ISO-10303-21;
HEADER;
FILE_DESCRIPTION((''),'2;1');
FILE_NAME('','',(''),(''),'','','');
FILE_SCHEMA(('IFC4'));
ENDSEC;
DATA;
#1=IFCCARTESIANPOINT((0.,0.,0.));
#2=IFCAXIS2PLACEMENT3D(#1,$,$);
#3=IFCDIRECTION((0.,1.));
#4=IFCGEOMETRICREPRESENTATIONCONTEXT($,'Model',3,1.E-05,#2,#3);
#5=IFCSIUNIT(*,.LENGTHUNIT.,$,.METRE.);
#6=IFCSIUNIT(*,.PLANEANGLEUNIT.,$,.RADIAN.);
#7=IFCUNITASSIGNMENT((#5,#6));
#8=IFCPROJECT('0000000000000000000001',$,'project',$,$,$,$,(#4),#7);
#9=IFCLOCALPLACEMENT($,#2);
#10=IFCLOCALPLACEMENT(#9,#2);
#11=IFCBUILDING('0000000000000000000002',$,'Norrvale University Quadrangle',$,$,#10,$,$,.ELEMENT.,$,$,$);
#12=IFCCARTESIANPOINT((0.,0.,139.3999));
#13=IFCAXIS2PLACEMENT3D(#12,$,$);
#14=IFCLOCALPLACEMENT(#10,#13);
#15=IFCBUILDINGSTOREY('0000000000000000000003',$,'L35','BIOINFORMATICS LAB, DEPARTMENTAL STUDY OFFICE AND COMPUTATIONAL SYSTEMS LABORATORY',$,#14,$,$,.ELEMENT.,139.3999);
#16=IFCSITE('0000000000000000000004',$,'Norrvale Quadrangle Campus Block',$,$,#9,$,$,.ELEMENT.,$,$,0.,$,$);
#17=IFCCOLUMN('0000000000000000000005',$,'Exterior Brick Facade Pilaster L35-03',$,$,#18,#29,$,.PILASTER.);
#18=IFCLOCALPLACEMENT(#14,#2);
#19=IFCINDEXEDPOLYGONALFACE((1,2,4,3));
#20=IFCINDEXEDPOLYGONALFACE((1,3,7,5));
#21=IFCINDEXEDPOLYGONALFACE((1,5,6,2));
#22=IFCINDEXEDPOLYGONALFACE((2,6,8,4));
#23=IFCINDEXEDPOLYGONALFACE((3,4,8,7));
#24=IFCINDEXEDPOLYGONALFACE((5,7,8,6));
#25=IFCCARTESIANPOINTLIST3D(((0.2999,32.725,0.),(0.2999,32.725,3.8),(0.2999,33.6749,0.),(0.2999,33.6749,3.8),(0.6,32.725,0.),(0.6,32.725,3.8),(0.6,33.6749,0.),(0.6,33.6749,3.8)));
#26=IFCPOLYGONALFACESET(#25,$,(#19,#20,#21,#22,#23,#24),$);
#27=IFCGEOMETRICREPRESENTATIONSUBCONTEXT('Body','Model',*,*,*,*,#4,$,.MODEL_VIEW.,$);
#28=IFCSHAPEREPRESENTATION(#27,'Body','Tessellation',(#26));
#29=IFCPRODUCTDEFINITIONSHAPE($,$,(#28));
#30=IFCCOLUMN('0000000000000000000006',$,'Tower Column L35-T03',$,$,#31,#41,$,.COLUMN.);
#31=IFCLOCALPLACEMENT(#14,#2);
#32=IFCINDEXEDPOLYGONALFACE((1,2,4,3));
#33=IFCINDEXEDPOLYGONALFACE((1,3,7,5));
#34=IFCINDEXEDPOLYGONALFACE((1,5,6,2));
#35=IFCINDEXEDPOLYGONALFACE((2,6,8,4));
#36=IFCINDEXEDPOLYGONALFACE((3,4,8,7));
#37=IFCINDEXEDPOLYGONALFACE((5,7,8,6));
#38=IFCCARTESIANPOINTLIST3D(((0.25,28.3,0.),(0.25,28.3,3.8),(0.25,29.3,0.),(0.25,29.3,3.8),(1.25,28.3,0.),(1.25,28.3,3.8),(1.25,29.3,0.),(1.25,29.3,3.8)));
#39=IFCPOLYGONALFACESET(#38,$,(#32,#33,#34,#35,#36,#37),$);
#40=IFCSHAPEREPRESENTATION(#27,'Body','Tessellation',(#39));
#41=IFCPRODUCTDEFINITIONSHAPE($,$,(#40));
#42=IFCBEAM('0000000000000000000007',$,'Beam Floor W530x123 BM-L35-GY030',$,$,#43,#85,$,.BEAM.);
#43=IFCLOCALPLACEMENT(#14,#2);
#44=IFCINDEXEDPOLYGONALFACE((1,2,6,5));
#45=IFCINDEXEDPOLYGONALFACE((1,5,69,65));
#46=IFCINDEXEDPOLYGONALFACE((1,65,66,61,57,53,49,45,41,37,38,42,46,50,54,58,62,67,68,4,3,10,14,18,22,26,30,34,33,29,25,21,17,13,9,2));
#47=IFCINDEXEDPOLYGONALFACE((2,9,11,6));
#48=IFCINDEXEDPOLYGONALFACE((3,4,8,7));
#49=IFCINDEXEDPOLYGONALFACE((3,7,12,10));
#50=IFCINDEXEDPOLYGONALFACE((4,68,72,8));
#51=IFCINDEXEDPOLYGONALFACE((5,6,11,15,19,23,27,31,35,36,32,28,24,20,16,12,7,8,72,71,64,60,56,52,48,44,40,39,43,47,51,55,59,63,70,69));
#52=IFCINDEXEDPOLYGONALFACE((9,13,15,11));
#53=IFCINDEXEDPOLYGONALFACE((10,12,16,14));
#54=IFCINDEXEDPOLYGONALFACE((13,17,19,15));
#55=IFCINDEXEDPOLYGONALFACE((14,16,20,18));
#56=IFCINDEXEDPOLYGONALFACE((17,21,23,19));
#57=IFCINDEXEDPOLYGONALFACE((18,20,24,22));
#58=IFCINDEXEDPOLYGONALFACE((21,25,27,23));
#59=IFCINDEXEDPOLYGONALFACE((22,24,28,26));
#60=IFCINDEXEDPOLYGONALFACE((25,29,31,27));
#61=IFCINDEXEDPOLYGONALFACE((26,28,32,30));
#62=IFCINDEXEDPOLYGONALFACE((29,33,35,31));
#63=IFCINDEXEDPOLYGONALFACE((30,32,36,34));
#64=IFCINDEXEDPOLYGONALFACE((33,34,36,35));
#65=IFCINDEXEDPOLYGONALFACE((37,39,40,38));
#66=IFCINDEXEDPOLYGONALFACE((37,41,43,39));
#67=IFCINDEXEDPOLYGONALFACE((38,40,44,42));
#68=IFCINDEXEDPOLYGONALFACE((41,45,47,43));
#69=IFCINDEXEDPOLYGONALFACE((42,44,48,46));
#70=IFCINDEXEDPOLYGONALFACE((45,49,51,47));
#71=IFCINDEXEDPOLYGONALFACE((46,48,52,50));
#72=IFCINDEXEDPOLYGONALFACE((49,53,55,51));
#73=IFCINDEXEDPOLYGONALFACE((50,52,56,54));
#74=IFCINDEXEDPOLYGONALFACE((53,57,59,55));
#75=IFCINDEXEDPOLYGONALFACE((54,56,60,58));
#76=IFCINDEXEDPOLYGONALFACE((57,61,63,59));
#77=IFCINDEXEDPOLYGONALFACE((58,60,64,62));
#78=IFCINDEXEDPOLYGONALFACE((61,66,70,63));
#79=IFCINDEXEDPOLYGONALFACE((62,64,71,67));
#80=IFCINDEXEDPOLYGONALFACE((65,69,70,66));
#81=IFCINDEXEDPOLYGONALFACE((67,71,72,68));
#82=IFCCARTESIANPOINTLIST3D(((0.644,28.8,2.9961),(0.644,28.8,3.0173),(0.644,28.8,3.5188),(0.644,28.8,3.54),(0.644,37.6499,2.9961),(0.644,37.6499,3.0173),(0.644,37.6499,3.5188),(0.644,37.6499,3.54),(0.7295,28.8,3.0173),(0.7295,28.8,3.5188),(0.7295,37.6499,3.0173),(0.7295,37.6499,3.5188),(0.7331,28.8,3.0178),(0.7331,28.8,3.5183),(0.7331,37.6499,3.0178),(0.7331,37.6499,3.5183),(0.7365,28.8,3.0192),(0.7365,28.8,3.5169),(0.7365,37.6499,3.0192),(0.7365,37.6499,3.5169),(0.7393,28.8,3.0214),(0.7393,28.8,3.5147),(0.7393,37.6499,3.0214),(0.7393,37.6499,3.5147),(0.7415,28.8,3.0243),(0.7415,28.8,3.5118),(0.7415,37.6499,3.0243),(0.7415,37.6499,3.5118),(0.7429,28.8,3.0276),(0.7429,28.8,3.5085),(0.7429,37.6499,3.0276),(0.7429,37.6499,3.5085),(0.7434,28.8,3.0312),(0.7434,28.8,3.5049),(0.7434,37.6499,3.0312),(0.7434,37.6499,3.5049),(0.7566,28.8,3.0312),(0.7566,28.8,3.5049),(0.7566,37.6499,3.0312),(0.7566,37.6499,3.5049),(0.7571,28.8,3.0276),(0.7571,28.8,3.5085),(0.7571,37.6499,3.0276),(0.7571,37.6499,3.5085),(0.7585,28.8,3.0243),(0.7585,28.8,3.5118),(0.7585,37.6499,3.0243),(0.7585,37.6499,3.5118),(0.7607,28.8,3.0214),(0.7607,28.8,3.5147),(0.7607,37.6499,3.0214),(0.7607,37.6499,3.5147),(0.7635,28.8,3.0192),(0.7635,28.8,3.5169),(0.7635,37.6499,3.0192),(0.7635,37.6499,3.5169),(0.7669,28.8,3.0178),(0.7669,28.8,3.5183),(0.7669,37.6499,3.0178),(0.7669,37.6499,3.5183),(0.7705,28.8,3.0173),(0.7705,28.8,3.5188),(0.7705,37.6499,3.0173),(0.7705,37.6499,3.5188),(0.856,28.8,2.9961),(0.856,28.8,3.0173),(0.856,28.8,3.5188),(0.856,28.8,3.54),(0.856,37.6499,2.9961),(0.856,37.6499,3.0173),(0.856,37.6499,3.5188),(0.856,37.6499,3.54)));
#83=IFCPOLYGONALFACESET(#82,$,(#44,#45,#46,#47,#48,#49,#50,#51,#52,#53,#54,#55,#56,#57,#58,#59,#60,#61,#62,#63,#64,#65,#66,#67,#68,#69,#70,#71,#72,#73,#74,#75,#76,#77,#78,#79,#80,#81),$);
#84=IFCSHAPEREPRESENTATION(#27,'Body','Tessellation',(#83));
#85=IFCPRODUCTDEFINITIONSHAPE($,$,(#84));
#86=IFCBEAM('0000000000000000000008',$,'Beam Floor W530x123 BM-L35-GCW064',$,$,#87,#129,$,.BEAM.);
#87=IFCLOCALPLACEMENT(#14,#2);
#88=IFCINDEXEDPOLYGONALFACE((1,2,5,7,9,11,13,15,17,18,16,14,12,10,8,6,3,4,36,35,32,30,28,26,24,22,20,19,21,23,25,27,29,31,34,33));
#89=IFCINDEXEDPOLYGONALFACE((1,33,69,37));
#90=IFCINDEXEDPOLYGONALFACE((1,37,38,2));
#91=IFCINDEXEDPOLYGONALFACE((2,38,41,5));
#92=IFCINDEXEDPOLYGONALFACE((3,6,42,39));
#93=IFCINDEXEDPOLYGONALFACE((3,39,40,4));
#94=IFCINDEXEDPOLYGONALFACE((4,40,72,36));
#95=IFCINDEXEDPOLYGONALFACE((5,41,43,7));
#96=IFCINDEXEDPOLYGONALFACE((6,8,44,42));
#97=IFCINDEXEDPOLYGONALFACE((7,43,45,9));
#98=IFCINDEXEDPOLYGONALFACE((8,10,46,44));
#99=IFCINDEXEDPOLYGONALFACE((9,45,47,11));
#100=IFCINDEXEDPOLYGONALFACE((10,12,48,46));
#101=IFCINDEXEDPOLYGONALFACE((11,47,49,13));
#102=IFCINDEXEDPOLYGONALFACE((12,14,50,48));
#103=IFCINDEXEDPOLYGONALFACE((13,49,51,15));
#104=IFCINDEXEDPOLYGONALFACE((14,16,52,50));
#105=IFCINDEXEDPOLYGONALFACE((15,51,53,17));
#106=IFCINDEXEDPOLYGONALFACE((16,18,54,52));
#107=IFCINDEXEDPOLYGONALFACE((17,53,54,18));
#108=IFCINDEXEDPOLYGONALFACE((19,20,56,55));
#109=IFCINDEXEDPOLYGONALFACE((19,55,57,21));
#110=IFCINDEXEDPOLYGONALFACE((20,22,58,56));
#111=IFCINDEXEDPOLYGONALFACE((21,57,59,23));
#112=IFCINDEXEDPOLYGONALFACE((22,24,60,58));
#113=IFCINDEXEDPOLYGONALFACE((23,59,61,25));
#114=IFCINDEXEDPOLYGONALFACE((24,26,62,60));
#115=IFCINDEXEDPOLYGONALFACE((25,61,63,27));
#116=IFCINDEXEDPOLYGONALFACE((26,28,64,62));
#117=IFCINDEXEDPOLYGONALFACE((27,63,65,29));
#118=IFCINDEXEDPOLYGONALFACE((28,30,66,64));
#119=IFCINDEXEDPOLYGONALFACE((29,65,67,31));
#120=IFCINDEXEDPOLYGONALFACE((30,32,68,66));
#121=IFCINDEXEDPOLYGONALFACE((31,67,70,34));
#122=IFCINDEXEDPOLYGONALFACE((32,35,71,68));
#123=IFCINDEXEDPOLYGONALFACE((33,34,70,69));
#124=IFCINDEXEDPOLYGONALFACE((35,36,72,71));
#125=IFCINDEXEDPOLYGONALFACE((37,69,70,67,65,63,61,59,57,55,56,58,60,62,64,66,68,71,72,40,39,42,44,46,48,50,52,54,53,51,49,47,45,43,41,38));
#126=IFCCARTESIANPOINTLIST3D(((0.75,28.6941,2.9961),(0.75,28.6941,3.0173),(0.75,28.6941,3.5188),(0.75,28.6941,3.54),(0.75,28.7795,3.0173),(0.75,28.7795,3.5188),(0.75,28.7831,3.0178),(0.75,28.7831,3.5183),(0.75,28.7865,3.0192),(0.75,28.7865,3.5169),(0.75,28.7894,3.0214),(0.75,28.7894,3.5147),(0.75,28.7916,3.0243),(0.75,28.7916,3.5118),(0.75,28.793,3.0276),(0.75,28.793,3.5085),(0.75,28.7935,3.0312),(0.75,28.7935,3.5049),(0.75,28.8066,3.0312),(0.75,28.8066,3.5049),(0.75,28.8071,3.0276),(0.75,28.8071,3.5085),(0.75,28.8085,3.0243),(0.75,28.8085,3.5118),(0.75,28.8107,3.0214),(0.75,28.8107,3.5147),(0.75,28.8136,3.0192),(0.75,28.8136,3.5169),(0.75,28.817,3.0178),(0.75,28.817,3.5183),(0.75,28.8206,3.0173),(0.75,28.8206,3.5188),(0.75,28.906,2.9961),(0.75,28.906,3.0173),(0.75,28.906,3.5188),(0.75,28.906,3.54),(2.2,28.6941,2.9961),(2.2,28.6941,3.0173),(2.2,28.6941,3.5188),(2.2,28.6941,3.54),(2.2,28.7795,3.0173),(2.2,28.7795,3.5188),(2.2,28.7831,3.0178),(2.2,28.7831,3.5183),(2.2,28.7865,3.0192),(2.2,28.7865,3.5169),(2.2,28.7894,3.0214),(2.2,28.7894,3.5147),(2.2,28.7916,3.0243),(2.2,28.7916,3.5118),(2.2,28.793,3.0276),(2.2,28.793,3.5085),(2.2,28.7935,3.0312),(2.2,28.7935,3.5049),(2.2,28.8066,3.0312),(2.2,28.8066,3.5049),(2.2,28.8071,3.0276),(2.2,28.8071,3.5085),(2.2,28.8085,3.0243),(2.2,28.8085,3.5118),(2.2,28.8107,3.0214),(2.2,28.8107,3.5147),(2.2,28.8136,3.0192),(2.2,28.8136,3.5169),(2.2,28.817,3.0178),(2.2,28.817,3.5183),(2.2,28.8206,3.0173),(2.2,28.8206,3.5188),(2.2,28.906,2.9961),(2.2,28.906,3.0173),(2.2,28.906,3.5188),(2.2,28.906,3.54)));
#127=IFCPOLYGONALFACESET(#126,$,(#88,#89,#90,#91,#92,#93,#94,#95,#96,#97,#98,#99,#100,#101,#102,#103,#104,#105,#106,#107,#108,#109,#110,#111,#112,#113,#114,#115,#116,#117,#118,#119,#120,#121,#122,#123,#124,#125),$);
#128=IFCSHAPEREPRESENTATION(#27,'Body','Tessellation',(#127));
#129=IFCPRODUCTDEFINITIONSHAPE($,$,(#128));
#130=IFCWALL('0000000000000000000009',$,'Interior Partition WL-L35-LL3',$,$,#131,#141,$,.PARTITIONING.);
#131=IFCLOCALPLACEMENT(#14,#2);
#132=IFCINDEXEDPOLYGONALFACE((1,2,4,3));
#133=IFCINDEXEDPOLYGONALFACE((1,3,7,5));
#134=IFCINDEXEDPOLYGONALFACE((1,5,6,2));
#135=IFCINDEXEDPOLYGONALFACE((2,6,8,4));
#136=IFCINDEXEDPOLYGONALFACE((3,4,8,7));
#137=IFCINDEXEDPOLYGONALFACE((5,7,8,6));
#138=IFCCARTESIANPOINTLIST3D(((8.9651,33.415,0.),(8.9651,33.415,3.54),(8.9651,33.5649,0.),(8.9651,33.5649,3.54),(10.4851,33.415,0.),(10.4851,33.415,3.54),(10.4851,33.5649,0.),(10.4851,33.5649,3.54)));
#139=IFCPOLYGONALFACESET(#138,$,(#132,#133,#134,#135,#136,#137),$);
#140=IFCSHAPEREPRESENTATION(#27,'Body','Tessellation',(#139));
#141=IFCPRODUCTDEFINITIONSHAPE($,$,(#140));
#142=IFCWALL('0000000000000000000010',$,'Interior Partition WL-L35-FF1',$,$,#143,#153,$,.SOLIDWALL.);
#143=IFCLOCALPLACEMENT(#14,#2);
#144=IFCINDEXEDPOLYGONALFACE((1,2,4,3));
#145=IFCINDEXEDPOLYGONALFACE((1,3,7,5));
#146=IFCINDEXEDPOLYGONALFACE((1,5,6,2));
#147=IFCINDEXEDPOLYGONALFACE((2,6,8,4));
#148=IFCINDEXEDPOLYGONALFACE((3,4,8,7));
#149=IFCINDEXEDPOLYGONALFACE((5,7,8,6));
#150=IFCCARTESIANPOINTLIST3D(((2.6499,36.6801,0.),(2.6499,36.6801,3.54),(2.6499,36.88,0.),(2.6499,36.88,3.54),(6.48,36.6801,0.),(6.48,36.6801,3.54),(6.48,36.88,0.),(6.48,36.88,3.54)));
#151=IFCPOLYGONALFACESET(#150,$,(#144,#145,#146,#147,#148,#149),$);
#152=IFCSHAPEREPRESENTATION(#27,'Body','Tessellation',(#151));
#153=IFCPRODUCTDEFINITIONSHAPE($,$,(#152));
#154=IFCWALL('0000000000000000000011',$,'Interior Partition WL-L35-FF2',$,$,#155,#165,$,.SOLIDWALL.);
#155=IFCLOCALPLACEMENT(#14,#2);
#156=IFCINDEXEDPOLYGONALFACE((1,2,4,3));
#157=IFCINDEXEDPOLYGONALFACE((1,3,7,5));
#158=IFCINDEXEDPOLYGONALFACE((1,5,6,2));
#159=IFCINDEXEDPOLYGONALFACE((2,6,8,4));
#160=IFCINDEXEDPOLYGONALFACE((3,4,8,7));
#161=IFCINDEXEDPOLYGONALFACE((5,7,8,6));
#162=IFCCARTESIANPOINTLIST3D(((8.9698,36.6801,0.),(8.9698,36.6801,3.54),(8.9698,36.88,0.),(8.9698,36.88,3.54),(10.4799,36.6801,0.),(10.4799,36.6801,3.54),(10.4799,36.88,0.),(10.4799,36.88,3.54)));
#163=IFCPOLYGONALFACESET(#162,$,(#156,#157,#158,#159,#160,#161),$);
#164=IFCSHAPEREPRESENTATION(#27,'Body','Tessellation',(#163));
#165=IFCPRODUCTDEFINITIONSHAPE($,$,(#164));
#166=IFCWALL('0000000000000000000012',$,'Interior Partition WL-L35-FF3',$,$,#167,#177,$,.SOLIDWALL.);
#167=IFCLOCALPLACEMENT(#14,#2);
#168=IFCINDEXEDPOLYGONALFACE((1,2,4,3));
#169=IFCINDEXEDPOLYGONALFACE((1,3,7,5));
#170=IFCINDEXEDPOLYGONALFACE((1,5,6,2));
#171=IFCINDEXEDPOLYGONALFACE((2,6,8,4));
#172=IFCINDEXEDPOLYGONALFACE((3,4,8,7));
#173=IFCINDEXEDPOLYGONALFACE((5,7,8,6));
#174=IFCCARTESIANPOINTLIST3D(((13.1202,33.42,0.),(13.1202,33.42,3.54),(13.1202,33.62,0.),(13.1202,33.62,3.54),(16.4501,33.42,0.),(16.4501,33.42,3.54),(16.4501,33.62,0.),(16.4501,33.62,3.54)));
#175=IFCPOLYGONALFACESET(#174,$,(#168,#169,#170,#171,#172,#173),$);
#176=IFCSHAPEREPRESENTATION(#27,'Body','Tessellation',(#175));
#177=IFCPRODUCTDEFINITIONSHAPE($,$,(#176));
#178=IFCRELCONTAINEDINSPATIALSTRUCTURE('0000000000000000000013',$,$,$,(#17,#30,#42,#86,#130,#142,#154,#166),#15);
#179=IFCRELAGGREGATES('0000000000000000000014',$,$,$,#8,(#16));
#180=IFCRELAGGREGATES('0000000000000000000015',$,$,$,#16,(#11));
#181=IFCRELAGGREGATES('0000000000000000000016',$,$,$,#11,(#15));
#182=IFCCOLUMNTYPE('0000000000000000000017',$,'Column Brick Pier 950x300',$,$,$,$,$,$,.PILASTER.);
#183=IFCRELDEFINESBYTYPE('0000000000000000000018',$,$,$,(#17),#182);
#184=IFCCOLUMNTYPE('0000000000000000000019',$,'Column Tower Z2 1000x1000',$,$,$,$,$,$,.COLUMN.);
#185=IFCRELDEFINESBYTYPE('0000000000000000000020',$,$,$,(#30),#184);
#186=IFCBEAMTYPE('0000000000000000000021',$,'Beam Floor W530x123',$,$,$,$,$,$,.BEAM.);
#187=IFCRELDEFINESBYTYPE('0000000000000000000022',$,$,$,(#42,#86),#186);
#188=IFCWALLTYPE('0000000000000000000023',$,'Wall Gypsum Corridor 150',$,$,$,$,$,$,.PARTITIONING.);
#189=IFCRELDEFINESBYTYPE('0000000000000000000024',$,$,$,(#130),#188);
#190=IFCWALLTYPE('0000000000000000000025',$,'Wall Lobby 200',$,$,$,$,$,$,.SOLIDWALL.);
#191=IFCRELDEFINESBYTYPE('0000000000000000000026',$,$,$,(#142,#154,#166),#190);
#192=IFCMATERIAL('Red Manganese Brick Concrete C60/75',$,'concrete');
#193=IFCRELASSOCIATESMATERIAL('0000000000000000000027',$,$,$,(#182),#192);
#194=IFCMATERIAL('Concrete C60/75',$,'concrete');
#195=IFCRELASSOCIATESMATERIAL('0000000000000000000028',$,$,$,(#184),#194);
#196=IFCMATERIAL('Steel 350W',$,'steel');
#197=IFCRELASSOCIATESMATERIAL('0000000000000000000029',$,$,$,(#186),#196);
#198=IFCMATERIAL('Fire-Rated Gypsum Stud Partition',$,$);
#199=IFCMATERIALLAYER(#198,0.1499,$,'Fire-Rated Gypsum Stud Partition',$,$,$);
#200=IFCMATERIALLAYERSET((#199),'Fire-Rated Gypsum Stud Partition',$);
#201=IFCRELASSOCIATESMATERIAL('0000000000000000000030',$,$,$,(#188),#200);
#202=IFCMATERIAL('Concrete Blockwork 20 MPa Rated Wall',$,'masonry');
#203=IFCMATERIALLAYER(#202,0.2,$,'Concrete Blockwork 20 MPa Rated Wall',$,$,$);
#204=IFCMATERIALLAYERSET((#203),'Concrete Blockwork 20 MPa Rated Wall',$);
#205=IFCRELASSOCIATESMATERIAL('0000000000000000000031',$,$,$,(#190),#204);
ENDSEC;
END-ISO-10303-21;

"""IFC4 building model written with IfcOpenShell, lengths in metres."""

from ifc_helpers import new_model, si_unit, direction, frame, frame_2d, origin, origin_2d, place, context, subcontext, project, spatial, rectangle, i_section, extrude, material, layer, layer_set, material_profile, profile_set, type_object, element, save


model = new_model("IFC4")

# Units and contexts
model_context = context("Model", 3, precision=1e-05, world=origin(), true_north=direction((0.0, 1.0)))
body_context = subcontext(model_context, "Body", "Model", "MODEL_VIEW")
ifc_project = project(units=[si_unit("LENGTHUNIT", "METRE"), si_unit("PLANEANGLEUNIT", "RADIAN")], contexts=[model_context])

# Site, building, storey
site_placement = place(None, origin())
site = spatial("IfcSite", under=ifc_project, at=site_placement, Name="Norrvale Quadrangle Campus Block", CompositionType="ELEMENT", RefElevation=0.0)
building_placement = place(site_placement, origin())
building = spatial("IfcBuilding", under=site, at=building_placement, Name="Norrvale University Quadrangle", CompositionType="ELEMENT")
storey_placement = place(building_placement, frame((0.0, 0.0, 139.3999)))
storey = spatial("IfcBuildingStorey", under=building, at=storey_placement, Name="L35", Description="BIOINFORMATICS LAB, DEPARTMENTAL STUDY OFFICE AND COMPUTATIONAL SYSTEMS LABORATORY", CompositionType="ELEMENT", Elevation=139.3999)

# Columns
ifc_material_1 = material(Name="Red Manganese Brick Concrete C60/75", Category="concrete")
ifc_material_profile_1 = material_profile(ifc_material_1, rectangle(XDim=0.95, YDim=0.3, at=origin_2d()), Name="Red Manganese Brick Concrete C60/75")
ifc_profile_set_1 = profile_set([ifc_material_profile_1], Name="Red Manganese Brick Concrete C60/75")
column_type_1 = type_object("IfcColumnType", Name="Column Brick Pier 950x300", PredefinedType="PILASTER", material=ifc_profile_set_1)
column_1_placement = place(storey_placement, frame((0.45, 33.2, 0.0), z_axis=(0.0, 0.0, 1.0), x_axis=(0.0, 1.0, 0.0)))
element("IfcColumn", 1, at=column_1_placement, inside=storey, type_object=column_type_1, Name="Exterior Brick Facade Pilaster L35-03", PredefinedType="PILASTER", context=body_context, shape_type="SweptSolid", body=[
    extrude(rectangle(XDim=0.95, YDim=0.3, at=origin_2d()), origin(), (0.0, 0.0, 1.0), 3.8),
])
ifc_material_2 = material(Name="Concrete C60/75", Category="concrete")
ifc_material_profile_2 = material_profile(ifc_material_2, rectangle(XDim=1.0, YDim=1.0, at=origin_2d()), Name="Concrete C60/75")
ifc_profile_set_2 = profile_set([ifc_material_profile_2], Name="Concrete C60/75")
column_type_2 = type_object("IfcColumnType", Name="Column Tower Z2 1000x1000", PredefinedType="COLUMN", material=ifc_profile_set_2)
column_2_placement = place(storey_placement, frame((0.75, 28.8, 0.0), z_axis=(0.0, 0.0, 1.0), x_axis=(1.0, 0.0, 0.0)))
element("IfcColumn", 2, at=column_2_placement, inside=storey, type_object=column_type_2, Name="Tower Column L35-T03", PredefinedType="COLUMN", context=body_context, shape_type="SweptSolid", body=[
    extrude(rectangle(XDim=1.0, YDim=1.0, at=origin_2d()), origin(), (0.0, 0.0, 1.0), 3.8),
])

# Beams
ifc_material_3 = material(Name="Steel 350W", Category="steel")
ifc_material_profile_3 = material_profile(ifc_material_3, i_section(OverallWidth=0.2119, OverallDepth=0.5439, WebThickness=0.0132, FlangeThickness=0.0212, FilletRadius=0.0139, at=origin_2d()), Name="Steel 350W")
ifc_profile_set_3 = profile_set([ifc_material_profile_3], Name="Steel 350W")
beam_type = type_object("IfcBeamType", Name="Beam Floor W530x123", PredefinedType="BEAM", material=ifc_profile_set_3)
beam_1_placement = place(storey_placement, frame((0.75, 28.8, 3.2681), z_axis=(0.0, 1.0, 0.0), x_axis=(-1.0, 0.0, 0.0)))
element("IfcBeam", 3, at=beam_1_placement, inside=storey, type_object=beam_type, Name="Beam Floor W530x123 BM-L35-GY030", PredefinedType="BEAM", context=body_context, shape_type="SweptSolid", body=[
    extrude(i_section(OverallWidth=0.2119, OverallDepth=0.5439, WebThickness=0.0132, FlangeThickness=0.0212, FilletRadius=0.0139, at=origin_2d()), origin(), (0.0, 0.0, 1.0), 8.8499),
])
beam_2_placement = place(storey_placement, frame((0.75, 28.8, 3.2681), z_axis=(1.0, 0.0, 0.0), x_axis=(0.0, 1.0, 0.0)))
element("IfcBeam", 4, at=beam_2_placement, inside=storey, type_object=beam_type, Name="Beam Floor W530x123 BM-L35-GCW064", PredefinedType="BEAM", context=body_context, shape_type="SweptSolid", body=[
    extrude(i_section(OverallWidth=0.2119, OverallDepth=0.5439, WebThickness=0.0132, FlangeThickness=0.0212, FilletRadius=0.0139, at=origin_2d()), origin(), (0.0, 0.0, 1.0), 1.45),
])

# Walls
ifc_material_4 = material(Name="Fire-Rated Gypsum Stud Partition")
ifc_layer_1 = layer(ifc_material_4, 0.1499, Name="Fire-Rated Gypsum Stud Partition")
ifc_layer_set_1 = layer_set([ifc_layer_1], Name="Fire-Rated Gypsum Stud Partition")
wall_type_1 = type_object("IfcWallType", Name="Wall Gypsum Corridor 150", PredefinedType="PARTITIONING", material=ifc_layer_set_1)
wall_1_placement = place(storey_placement, frame((8.9651, 33.49, 0.0), z_axis=(0.0, 0.0, 1.0), x_axis=(1.0, 0.0, 0.0)))
element("IfcWall", 5, at=wall_1_placement, inside=storey, type_object=wall_type_1, Name="Interior Partition WL-L35-LL3", PredefinedType="PARTITIONING", context=body_context, shape_type="SweptSolid", body=[
    extrude(rectangle(XDim=1.52, YDim=0.1499, at=frame_2d((0.76, 0.0))), origin(), (0.0, 0.0, 1.0), 3.54),
])
ifc_material_5 = material(Name="Concrete Blockwork 20 MPa Rated Wall", Category="masonry")
ifc_layer_2 = layer(ifc_material_5, 0.2, Name="Concrete Blockwork 20 MPa Rated Wall")
ifc_layer_set_2 = layer_set([ifc_layer_2], Name="Concrete Blockwork 20 MPa Rated Wall")
wall_type_2 = type_object("IfcWallType", Name="Wall Lobby 200", PredefinedType="SOLIDWALL", material=ifc_layer_set_2)
wall_2_placement = place(storey_placement, frame((2.6499, 36.78, 0.0), z_axis=(0.0, 0.0, 1.0), x_axis=(1.0, 0.0, 0.0)))
element("IfcWall", 6, at=wall_2_placement, inside=storey, type_object=wall_type_2, Name="Interior Partition WL-L35-FF1", PredefinedType="SOLIDWALL", context=body_context, shape_type="SweptSolid", body=[
    extrude(rectangle(XDim=3.8301, YDim=0.2, at=frame_2d((1.915, 0.0))), origin(), (0.0, 0.0, 1.0), 3.54),
])
wall_3_placement = place(storey_placement, frame((8.97, 36.78, 0.0), z_axis=(0.0, 0.0, 1.0), x_axis=(1.0, 0.0, 0.0)))
element("IfcWall", 7, at=wall_3_placement, inside=storey, type_object=wall_type_2, Name="Interior Partition WL-L35-FF2", PredefinedType="SOLIDWALL", context=body_context, shape_type="SweptSolid", body=[
    extrude(rectangle(XDim=1.51, YDim=0.2, at=frame_2d((0.7549, 0.0))), origin(), (0.0, 0.0, 1.0), 3.54),
])
wall_4_placement = place(storey_placement, frame((13.1201, 33.52, 0.0), z_axis=(0.0, 0.0, 1.0), x_axis=(1.0, 0.0, 0.0)))
element("IfcWall", 8, at=wall_4_placement, inside=storey, type_object=wall_type_2, Name="Interior Partition WL-L35-FF3", PredefinedType="SOLIDWALL", context=body_context, shape_type="SweptSolid", body=[
    extrude(rectangle(XDim=3.3298, YDim=0.2, at=frame_2d((1.665, 0.0))), origin(), (0.0, 0.0, 1.0), 3.54),
])

save(model, "model.ifc")
